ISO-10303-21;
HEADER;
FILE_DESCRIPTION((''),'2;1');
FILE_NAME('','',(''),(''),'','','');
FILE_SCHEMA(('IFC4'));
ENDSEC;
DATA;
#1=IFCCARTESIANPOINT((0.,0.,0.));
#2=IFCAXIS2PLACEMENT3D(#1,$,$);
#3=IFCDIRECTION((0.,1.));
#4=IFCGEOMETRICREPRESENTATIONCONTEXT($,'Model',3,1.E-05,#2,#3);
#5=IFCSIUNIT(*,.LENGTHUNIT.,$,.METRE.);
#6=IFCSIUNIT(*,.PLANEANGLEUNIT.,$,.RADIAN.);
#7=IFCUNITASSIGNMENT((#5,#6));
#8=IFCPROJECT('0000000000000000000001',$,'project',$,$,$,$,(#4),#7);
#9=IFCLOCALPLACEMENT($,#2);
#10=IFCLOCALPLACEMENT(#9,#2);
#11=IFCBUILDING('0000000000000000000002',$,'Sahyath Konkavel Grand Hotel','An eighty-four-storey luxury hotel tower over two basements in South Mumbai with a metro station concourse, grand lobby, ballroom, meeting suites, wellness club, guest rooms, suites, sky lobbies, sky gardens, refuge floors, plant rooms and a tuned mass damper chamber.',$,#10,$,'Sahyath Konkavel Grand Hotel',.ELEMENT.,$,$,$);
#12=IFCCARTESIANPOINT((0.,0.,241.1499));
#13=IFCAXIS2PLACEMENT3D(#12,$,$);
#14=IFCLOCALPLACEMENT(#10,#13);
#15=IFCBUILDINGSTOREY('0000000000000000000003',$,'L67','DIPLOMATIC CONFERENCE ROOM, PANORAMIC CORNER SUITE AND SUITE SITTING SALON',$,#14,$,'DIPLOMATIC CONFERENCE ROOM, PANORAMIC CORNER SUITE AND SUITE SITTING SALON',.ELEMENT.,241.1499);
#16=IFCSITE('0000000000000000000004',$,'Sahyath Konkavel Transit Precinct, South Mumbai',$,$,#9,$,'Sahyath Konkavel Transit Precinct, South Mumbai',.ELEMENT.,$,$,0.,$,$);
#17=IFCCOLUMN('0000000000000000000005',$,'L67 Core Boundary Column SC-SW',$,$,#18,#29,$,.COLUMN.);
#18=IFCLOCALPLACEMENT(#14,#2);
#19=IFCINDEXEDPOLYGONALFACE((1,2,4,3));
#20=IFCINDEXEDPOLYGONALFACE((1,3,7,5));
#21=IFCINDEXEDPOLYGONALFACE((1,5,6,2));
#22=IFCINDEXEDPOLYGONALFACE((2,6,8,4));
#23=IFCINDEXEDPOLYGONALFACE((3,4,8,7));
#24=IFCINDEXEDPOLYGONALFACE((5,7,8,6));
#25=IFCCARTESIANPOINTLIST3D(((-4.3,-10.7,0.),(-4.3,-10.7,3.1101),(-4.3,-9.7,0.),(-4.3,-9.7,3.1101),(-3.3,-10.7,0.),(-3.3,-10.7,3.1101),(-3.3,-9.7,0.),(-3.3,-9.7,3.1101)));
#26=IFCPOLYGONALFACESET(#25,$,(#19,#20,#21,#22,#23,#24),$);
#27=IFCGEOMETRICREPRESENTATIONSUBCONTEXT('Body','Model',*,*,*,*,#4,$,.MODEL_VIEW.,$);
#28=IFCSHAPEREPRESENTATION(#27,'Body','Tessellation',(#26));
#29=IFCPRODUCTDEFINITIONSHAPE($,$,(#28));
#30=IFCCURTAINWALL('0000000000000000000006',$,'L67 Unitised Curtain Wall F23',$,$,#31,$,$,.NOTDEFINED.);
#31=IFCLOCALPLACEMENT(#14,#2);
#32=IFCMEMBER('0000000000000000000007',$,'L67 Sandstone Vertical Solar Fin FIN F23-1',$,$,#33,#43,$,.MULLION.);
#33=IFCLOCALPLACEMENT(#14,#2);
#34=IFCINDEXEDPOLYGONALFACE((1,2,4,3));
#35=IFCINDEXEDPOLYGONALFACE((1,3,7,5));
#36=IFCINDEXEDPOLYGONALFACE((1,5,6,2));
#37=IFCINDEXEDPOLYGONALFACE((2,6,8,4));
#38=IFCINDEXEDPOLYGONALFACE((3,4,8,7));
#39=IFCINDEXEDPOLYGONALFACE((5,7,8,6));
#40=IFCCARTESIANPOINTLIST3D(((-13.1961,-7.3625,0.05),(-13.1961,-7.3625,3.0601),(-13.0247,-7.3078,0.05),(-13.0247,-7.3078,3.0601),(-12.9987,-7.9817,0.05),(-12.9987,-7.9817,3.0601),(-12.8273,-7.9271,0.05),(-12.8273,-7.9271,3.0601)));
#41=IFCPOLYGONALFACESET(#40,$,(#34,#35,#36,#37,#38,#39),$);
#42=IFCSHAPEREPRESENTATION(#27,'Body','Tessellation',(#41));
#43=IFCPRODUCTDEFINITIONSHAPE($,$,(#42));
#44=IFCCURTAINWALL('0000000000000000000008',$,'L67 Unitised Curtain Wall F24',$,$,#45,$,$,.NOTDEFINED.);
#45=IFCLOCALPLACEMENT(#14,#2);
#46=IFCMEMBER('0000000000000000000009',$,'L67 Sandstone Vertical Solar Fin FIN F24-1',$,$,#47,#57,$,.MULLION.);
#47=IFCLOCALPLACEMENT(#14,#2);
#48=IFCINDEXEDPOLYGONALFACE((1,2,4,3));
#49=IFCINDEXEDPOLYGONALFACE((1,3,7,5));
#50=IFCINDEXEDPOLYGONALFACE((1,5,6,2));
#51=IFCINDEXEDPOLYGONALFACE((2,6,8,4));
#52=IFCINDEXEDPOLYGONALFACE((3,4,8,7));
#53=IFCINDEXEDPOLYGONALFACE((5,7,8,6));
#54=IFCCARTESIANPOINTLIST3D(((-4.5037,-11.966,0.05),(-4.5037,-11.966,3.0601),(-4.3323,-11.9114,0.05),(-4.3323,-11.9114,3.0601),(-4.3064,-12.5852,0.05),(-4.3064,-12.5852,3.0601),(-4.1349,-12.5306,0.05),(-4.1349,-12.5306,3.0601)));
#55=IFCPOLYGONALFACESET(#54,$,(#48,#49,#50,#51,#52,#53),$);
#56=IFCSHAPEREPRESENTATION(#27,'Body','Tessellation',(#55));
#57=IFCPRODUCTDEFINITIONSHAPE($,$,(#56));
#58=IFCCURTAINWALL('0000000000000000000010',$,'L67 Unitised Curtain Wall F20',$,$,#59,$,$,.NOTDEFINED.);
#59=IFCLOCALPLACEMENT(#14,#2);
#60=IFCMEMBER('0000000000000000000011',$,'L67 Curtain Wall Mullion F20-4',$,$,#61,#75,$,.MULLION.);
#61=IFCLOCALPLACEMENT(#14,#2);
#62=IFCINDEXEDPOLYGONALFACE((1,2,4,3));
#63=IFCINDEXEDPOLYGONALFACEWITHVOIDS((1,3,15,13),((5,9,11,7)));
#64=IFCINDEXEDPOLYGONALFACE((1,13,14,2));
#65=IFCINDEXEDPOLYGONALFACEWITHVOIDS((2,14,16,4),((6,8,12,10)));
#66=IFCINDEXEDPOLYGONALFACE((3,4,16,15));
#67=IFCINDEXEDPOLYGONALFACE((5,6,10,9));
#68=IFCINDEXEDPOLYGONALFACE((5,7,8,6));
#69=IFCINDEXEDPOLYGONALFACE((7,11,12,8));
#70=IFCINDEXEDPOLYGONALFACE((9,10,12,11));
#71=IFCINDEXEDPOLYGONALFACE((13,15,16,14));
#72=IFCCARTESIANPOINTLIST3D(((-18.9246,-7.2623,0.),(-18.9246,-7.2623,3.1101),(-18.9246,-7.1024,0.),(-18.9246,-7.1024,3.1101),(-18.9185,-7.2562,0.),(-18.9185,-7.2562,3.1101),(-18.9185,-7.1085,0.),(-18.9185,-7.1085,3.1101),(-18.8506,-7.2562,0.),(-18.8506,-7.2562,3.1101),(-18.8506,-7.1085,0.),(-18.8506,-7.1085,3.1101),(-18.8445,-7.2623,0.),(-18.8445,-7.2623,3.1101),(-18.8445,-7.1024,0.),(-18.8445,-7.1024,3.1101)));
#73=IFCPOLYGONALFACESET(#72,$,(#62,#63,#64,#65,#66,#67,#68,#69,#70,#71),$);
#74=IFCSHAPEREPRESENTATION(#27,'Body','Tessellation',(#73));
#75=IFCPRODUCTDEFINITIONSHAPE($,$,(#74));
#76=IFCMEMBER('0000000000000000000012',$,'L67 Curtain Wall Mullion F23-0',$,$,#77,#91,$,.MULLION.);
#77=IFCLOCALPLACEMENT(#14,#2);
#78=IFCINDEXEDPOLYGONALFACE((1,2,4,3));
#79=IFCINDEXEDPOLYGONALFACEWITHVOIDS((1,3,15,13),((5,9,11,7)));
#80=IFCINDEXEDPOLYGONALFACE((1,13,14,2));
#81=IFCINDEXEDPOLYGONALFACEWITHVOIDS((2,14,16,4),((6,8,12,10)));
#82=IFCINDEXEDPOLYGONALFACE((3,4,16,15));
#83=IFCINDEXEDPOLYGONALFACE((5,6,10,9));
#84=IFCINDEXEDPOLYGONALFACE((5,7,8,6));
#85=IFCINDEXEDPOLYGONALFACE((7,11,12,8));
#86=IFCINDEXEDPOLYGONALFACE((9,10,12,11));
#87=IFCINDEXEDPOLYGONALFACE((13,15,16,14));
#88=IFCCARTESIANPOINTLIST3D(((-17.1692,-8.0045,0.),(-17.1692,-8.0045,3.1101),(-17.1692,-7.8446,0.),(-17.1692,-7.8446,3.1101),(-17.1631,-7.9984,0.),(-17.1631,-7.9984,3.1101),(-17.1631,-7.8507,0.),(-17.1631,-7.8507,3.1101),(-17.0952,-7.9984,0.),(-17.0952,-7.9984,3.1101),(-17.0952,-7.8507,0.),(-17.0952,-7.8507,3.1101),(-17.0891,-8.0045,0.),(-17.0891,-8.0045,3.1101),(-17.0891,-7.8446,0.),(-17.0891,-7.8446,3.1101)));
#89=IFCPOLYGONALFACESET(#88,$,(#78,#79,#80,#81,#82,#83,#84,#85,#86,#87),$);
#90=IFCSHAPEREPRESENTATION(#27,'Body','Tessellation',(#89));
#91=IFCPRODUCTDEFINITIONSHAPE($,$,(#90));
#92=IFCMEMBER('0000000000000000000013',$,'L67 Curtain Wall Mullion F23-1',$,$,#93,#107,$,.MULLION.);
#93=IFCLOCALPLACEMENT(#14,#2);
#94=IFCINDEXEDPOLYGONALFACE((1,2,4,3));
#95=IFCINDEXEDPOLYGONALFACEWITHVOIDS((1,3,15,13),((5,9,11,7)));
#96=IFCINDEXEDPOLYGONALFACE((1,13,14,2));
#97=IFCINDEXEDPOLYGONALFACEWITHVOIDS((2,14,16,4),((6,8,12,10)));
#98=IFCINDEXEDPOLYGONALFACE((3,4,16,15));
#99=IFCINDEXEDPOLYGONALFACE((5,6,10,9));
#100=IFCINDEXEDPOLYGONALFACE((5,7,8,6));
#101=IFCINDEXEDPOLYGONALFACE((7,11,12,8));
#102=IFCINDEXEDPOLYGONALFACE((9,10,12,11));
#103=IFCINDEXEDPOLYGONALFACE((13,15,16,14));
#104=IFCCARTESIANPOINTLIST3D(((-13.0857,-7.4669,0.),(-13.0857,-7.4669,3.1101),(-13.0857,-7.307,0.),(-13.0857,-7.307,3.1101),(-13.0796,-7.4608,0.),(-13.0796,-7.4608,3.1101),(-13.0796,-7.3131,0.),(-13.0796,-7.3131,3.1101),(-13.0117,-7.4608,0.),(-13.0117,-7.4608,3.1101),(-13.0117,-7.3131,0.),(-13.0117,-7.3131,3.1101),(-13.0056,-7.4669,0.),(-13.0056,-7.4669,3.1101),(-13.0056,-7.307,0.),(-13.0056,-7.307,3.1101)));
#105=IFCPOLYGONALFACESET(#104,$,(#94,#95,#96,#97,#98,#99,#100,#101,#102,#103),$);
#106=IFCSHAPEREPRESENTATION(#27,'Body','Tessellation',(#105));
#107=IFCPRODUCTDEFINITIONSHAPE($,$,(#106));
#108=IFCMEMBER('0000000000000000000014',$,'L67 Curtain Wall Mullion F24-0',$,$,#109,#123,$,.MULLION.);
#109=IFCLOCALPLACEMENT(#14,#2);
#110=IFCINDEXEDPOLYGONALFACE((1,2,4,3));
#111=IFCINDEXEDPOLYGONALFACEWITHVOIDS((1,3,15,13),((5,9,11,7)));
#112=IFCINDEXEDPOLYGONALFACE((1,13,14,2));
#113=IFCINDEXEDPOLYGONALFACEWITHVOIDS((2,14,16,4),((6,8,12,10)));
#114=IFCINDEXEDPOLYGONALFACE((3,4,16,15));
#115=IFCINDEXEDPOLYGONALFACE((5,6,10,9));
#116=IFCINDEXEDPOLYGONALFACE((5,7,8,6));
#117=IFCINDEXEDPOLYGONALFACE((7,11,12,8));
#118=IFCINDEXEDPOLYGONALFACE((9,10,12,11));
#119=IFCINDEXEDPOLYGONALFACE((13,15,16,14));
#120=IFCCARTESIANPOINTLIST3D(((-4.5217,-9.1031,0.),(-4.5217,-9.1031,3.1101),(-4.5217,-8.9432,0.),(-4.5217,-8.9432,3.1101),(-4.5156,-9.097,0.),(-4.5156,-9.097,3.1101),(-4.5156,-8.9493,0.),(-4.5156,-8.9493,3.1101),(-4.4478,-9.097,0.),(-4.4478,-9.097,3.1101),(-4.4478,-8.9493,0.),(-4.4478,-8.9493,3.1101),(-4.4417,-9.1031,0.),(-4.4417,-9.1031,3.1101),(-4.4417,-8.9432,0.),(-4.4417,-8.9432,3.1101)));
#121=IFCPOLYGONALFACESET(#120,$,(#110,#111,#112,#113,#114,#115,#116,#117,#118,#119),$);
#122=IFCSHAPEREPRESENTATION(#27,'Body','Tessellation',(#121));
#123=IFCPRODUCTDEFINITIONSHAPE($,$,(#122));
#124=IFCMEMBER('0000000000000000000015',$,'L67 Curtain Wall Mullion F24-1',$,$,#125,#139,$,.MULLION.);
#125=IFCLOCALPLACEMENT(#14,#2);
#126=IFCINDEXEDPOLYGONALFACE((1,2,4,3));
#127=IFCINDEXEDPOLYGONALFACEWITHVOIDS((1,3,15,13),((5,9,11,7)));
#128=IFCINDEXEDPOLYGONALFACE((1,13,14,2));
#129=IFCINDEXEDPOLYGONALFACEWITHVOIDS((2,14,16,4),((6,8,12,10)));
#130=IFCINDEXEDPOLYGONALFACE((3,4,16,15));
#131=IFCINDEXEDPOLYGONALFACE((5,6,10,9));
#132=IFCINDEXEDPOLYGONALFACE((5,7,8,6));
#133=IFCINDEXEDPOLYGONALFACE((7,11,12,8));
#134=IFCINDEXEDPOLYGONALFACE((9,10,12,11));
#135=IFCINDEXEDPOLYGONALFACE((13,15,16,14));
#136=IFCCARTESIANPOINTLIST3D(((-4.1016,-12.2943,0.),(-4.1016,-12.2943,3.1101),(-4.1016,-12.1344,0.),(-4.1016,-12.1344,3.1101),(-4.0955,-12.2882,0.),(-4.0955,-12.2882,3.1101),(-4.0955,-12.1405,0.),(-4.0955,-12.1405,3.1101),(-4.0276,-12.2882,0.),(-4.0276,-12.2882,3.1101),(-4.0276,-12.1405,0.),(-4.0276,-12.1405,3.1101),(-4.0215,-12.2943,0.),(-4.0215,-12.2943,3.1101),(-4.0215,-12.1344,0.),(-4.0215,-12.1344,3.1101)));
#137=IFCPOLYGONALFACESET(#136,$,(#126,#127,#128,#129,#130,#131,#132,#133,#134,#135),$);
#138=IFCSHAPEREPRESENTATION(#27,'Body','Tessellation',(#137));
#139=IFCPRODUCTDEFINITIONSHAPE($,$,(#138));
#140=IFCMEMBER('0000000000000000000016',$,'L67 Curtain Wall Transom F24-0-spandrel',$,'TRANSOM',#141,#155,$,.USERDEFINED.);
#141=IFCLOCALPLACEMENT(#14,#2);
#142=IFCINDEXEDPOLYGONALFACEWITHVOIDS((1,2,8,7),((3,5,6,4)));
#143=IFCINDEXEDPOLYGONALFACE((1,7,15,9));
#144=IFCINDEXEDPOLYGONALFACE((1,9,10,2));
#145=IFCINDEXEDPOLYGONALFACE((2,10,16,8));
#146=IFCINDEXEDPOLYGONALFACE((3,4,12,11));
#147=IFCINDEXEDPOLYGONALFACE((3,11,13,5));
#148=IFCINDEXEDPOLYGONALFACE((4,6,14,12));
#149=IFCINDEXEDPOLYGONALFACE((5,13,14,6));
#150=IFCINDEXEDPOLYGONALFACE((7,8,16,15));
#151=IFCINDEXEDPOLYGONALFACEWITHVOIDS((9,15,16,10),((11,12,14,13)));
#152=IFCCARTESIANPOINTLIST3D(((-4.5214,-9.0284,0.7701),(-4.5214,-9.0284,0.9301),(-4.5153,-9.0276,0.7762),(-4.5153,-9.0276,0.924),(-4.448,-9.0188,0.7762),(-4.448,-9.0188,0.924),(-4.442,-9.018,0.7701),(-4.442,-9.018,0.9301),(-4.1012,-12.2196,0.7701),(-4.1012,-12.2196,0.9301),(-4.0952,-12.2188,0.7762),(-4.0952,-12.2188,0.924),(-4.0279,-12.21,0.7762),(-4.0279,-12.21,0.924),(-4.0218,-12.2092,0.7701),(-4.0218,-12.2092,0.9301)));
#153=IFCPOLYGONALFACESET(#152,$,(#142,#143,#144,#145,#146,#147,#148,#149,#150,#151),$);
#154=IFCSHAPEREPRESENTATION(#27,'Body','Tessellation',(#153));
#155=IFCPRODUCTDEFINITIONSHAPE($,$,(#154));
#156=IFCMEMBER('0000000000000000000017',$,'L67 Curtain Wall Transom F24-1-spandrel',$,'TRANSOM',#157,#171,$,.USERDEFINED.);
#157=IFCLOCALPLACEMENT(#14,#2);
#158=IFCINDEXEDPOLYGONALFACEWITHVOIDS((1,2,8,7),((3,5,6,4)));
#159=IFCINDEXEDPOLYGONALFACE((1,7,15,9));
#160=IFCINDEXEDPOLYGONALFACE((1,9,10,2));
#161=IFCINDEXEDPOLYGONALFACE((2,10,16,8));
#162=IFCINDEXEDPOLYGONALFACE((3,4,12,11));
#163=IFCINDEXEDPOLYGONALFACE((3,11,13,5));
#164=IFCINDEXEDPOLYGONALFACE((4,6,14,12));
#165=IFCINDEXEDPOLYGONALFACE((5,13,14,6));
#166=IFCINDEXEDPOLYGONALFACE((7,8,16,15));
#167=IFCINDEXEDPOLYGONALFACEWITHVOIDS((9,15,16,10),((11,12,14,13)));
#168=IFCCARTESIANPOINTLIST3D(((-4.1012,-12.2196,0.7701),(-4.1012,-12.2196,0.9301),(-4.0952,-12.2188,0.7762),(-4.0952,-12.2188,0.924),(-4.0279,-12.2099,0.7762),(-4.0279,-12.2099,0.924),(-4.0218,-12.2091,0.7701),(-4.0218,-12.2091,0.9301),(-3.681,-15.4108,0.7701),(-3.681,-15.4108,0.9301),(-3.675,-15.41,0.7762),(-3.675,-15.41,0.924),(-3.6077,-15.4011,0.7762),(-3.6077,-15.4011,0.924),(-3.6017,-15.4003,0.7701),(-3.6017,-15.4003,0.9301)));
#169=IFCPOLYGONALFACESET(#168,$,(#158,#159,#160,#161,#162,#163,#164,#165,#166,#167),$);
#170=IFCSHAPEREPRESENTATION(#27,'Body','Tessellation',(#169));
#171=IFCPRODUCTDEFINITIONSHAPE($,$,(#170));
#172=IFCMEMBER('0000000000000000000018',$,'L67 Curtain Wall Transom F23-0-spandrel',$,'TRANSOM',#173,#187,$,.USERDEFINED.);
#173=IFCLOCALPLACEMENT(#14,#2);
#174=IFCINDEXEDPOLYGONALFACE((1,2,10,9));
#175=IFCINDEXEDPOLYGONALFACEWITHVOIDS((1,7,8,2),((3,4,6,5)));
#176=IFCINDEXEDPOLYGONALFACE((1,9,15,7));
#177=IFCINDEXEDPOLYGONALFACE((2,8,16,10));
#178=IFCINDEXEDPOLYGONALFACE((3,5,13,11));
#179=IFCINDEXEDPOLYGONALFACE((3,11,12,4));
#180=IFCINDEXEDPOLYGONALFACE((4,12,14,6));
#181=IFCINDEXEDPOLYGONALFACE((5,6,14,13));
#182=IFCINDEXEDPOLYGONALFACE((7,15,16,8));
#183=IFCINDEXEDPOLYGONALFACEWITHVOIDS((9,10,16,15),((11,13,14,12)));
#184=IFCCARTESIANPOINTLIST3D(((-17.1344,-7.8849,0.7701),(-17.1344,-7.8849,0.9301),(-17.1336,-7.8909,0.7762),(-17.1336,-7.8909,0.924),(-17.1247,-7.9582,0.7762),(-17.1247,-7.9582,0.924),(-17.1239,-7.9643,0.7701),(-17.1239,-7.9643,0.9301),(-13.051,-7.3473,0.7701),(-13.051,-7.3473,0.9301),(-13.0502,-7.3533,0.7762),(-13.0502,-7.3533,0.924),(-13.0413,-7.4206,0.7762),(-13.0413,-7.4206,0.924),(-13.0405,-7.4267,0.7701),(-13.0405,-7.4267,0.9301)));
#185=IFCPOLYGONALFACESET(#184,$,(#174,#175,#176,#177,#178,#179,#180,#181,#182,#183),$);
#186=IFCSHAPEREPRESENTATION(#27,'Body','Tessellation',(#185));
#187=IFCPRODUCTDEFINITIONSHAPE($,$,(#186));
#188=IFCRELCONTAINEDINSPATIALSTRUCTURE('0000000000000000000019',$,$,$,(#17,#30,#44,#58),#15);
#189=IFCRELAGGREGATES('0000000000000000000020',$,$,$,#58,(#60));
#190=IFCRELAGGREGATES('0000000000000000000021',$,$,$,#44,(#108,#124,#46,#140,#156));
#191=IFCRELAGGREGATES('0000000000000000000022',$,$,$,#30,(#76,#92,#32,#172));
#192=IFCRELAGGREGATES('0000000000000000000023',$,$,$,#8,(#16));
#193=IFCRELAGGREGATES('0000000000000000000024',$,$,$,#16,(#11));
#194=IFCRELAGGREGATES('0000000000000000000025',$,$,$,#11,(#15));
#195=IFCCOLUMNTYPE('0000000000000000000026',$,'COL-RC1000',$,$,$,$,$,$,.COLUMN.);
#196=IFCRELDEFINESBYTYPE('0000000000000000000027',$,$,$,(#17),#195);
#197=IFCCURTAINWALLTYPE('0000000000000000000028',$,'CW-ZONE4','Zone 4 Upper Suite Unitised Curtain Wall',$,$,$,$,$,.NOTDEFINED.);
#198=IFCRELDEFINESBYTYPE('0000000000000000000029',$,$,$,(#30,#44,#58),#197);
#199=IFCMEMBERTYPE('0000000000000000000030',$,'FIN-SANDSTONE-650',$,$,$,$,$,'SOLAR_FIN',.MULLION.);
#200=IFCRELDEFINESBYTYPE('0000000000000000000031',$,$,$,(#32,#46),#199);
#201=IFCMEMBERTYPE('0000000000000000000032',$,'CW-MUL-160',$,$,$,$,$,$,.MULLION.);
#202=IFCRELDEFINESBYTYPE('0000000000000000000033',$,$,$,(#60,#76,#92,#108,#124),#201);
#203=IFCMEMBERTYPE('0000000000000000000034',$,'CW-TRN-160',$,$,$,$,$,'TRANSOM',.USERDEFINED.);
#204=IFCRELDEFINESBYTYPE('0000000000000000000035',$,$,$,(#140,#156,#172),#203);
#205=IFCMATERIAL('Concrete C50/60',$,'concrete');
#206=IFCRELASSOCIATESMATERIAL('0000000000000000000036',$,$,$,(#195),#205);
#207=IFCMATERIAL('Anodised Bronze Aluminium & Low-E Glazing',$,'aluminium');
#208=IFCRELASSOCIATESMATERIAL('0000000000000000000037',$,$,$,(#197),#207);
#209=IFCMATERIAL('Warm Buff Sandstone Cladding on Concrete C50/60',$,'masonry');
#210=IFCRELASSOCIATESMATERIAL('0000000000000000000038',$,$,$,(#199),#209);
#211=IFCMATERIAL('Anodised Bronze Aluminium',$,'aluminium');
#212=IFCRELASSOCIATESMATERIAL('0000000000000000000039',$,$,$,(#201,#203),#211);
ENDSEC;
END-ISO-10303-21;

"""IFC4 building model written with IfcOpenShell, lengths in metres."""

from ifc_helpers import new_model, si_unit, direction, frame, origin, origin_2d, place, context, subcontext, project, spatial, rectangle, hollow_rectangle, extrude, source, transform, mapped, material, material_profile, profile_set, type_object, element, aggregate, save


model = new_model("IFC4")

# Units and contexts
model_context = context("Model", 3, precision=1e-05, world=origin(), true_north=direction((0.0, 1.0)))
body_context = subcontext(model_context, "Body", "Model", "MODEL_VIEW")
ifc_project = project(units=[si_unit("LENGTHUNIT", "METRE"), si_unit("PLANEANGLEUNIT", "RADIAN")], contexts=[model_context])

# Site, building, storey
site_placement = place(None, origin())
site = spatial("IfcSite", under=ifc_project, at=site_placement, Name="Sahyath Konkavel Transit Precinct, South Mumbai", LongName="Sahyath Konkavel Transit Precinct, South Mumbai", CompositionType="ELEMENT", RefElevation=0.0)
building_placement = place(site_placement, origin())
building = spatial("IfcBuilding", under=site, at=building_placement, Name="Sahyath Konkavel Grand Hotel", Description="An eighty-four-storey luxury hotel tower over two basements in South Mumbai with a metro station concourse, grand lobby, ballroom, meeting suites, wellness club, guest rooms, suites, sky lobbies, sky gardens, refuge floors, plant rooms and a tuned mass damper chamber.", LongName="Sahyath Konkavel Grand Hotel", CompositionType="ELEMENT")
storey_placement = place(building_placement, frame((0.0, 0.0, 241.1499)))
storey = spatial("IfcBuildingStorey", under=building, at=storey_placement, Name="L67", Description="DIPLOMATIC CONFERENCE ROOM, PANORAMIC CORNER SUITE AND SUITE SITTING SALON", LongName="DIPLOMATIC CONFERENCE ROOM, PANORAMIC CORNER SUITE AND SUITE SITTING SALON", CompositionType="ELEMENT", Elevation=241.1499)

# Column
ifc_material_1 = material(Name="Concrete C50/60", Category="concrete")
ifc_material_profile_1 = material_profile(ifc_material_1, rectangle(XDim=1.0, YDim=1.0, at=origin_2d()), Name="RC 1000x1000")
ifc_profile_set_1 = profile_set([ifc_material_profile_1], Name="Concrete C50/60")
column_type = type_object("IfcColumnType", Name="COL-RC1000", PredefinedType="COLUMN", material=ifc_profile_set_1)
shared_shape_1 = source(origin(), body_context, "Body", "SweptSolid", [
    extrude(rectangle(XDim=1.0, YDim=1.0, at=origin_2d()), origin(), (0.0, 0.0, 1.0), 3.1101),
])
column_placement = place(storey_placement, frame((-3.8, -10.2, 0.0), z_axis=(0.0, 0.0, 1.0), x_axis=(1.0, 0.0, 0.0)))
element("IfcColumn", 1, at=column_placement, inside=storey, type_object=column_type, Name="L67 Core Boundary Column SC-SW", PredefinedType="COLUMN", context=body_context, shape_type="MappedRepresentation", body=[
    mapped(shared_shape_1, transform((0.0, 0.0, 0.0), scale=1.0)),
])

# Curtain walls, members
ifc_material_2 = material(Name="Anodised Bronze Aluminium & Low-E Glazing", Category="aluminium")
curtain_wall_type = type_object("IfcCurtainWallType", Name="CW-ZONE4", Description="Zone 4 Upper Suite Unitised Curtain Wall", PredefinedType="NOTDEFINED", material=ifc_material_2)
curtain_wall_1_placement = place(storey_placement, origin())
curtain_wall_1 = element("IfcCurtainWall", 2, at=curtain_wall_1_placement, inside=storey, type_object=curtain_wall_type, Name="L67 Unitised Curtain Wall F23", PredefinedType="NOTDEFINED")
ifc_material_3 = material(Name="Warm Buff Sandstone Cladding on Concrete C50/60", Category="masonry")
ifc_material_profile_2 = material_profile(ifc_material_3, rectangle(XDim=0.1799, YDim=0.6499, at=origin_2d()), Name="FIN 180x650")
ifc_profile_set_2 = profile_set([ifc_material_profile_2], Name="Warm Buff Sandstone Cladding on Concrete C50/60")
member_type_1 = type_object("IfcMemberType", Name="FIN-SANDSTONE-650", ElementType="SOLAR_FIN", PredefinedType="MULLION", material=ifc_profile_set_2)
shared_shape_2 = source(origin(), body_context, "Body", "SweptSolid", [
    extrude(rectangle(XDim=0.1799, YDim=0.6499, at=origin_2d()), origin(), (0.0, 0.0, 1.0), 3.01),
])
member_1_placement = place(storey_placement, frame((-13.0117, -7.6448, 0.05), z_axis=(0.0, 0.0, 1.0), x_axis=(0.952768, 0.303701, 0.0)))
member_1 = element("IfcMember", 3, at=member_1_placement, type_object=member_type_1, Name="L67 Sandstone Vertical Solar Fin FIN F23-1", PredefinedType="MULLION", context=body_context, shape_type="MappedRepresentation", body=[
    mapped(shared_shape_2, transform((0.0, 0.0, 0.0), scale=1.0)),
])
curtain_wall_2_placement = place(storey_placement, origin())
curtain_wall_2 = element("IfcCurtainWall", 4, at=curtain_wall_2_placement, inside=storey, type_object=curtain_wall_type, Name="L67 Unitised Curtain Wall F24", PredefinedType="NOTDEFINED")
member_2_placement = place(storey_placement, frame((-4.3193, -12.2483, 0.05), z_axis=(0.0, 0.0, 1.0), x_axis=(0.952768, 0.303701, 0.0)))
member_2 = element("IfcMember", 5, at=member_2_placement, type_object=member_type_1, Name="L67 Sandstone Vertical Solar Fin FIN F24-1", PredefinedType="MULLION", context=body_context, shape_type="MappedRepresentation", body=[
    mapped(shared_shape_2, transform((0.0, 0.0, 0.0), scale=1.0)),
])
curtain_wall_3_placement = place(storey_placement, origin())
curtain_wall_3 = element("IfcCurtainWall", 6, at=curtain_wall_3_placement, inside=storey, type_object=curtain_wall_type, Name="L67 Unitised Curtain Wall F20", PredefinedType="NOTDEFINED")
ifc_material_4 = material(Name="Anodised Bronze Aluminium", Category="aluminium")
ifc_material_profile_3 = material_profile(ifc_material_4, hollow_rectangle(XDim=0.0801, YDim=0.1599, WallThickness=0.0061, at=origin_2d()), Name="RHS 160x80x6")
ifc_profile_set_3 = profile_set([ifc_material_profile_3], Name="Anodised Bronze Aluminium")
member_type_2 = type_object("IfcMemberType", Name="CW-MUL-160", PredefinedType="MULLION", material=ifc_profile_set_3)
shared_shape_3 = source(origin(), body_context, "Body", "SweptSolid", [
    extrude(hollow_rectangle(XDim=0.0801, YDim=0.1599, WallThickness=0.0061, at=origin_2d()), origin(), (0.0, 0.0, 1.0), 3.1101),
])
member_3_placement = place(storey_placement, frame((-18.8845, -7.1824, 0.0), z_axis=(0.0, 0.0, 1.0), x_axis=(1.0, 0.0, 0.0)))
member_3 = element("IfcMember", 7, at=member_3_placement, type_object=member_type_2, Name="L67 Curtain Wall Mullion F20-4", PredefinedType="MULLION", context=body_context, shape_type="MappedRepresentation", body=[
    mapped(shared_shape_3, transform((0.0, 0.0, 0.0), scale=1.0)),
])
aggregate(curtain_wall_3, [member_3])

# Members
member_4_placement = place(storey_placement, frame((-17.1292, -7.9246, 0.0), z_axis=(0.0, 0.0, 1.0), x_axis=(1.0, 0.0, 0.0)))
member_4 = element("IfcMember", 8, at=member_4_placement, type_object=member_type_2, Name="L67 Curtain Wall Mullion F23-0", PredefinedType="MULLION", context=body_context, shape_type="MappedRepresentation", body=[
    mapped(shared_shape_3, transform((0.0, 0.0, 0.0), scale=1.0)),
])
member_5_placement = place(storey_placement, frame((-13.0457, -7.387, 0.0), z_axis=(0.0, 0.0, 1.0), x_axis=(1.0, 0.0, 0.0)))
member_5 = element("IfcMember", 9, at=member_5_placement, type_object=member_type_2, Name="L67 Curtain Wall Mullion F23-1", PredefinedType="MULLION", context=body_context, shape_type="MappedRepresentation", body=[
    mapped(shared_shape_3, transform((0.0, 0.0, 0.0), scale=1.0)),
])
member_6_placement = place(storey_placement, frame((-4.4817, -9.0232, 0.0), z_axis=(0.0, 0.0, 1.0), x_axis=(1.0, 0.0, 0.0)))
member_6 = element("IfcMember", 10, at=member_6_placement, type_object=member_type_2, Name="L67 Curtain Wall Mullion F24-0", PredefinedType="MULLION", context=body_context, shape_type="MappedRepresentation", body=[
    mapped(shared_shape_3, transform((0.0, 0.0, 0.0), scale=1.0)),
])
member_7_placement = place(storey_placement, frame((-4.0615, -12.2144, 0.0), z_axis=(0.0, 0.0, 1.0), x_axis=(1.0, 0.0, 0.0)))
member_7 = element("IfcMember", 11, at=member_7_placement, type_object=member_type_2, Name="L67 Curtain Wall Mullion F24-1", PredefinedType="MULLION", context=body_context, shape_type="MappedRepresentation", body=[
    mapped(shared_shape_3, transform((0.0, 0.0, 0.0), scale=1.0)),
])
ifc_material_profile_4 = material_profile(ifc_material_4, hollow_rectangle(XDim=0.0801, YDim=0.1599, WallThickness=0.0061, at=origin_2d()), Name="RHS 160x80x6")
ifc_profile_set_4 = profile_set([ifc_material_profile_4], Name="Anodised Bronze Aluminium")
member_type_3 = type_object("IfcMemberType", Name="CW-TRN-160", ElementType="TRANSOM", PredefinedType="USERDEFINED", material=ifc_profile_set_4)
shared_shape_4 = source(origin(), body_context, "Body", "SweptSolid", [
    extrude(hollow_rectangle(XDim=0.0801, YDim=0.1599, WallThickness=0.0061, at=origin_2d()), origin(), (0.0, 0.0, 1.0), 3.2188),
])
member_8_placement = place(storey_placement, frame((-4.4817, -9.0232, 0.8501), z_axis=(0.130539, -0.991443, 0.0), x_axis=(0.991443, 0.130539, 0.0)))
member_8 = element("IfcMember", 12, at=member_8_placement, type_object=member_type_3, Name="L67 Curtain Wall Transom F24-0-spandrel", ObjectType="TRANSOM", PredefinedType="USERDEFINED", context=body_context, shape_type="MappedRepresentation", body=[
    mapped(shared_shape_4, transform((0.0, 0.0, 0.0), scale=1.0)),
])
member_9_placement = place(storey_placement, frame((-4.0615, -12.2144, 0.8501), z_axis=(0.130539, -0.991443, 0.0), x_axis=(0.991443, 0.130539, 0.0)))
member_9 = element("IfcMember", 13, at=member_9_placement, type_object=member_type_3, Name="L67 Curtain Wall Transom F24-1-spandrel", ObjectType="TRANSOM", PredefinedType="USERDEFINED", context=body_context, shape_type="MappedRepresentation", body=[
    mapped(shared_shape_4, transform((0.0, 0.0, 0.0), scale=1.0)),
])
shared_shape_5 = source(origin(), body_context, "Body", "SweptSolid", [
    extrude(hollow_rectangle(XDim=0.0801, YDim=0.1599, WallThickness=0.0061, at=origin_2d()), origin(), (0.0, 0.0, 1.0), 4.1187),
])
member_10_placement = place(storey_placement, frame((-17.1292, -7.9246, 0.8501), z_axis=(0.991445, 0.130525, 0.0), x_axis=(-0.130525, 0.991445, 0.0)))
member_10 = element("IfcMember", 14, at=member_10_placement, type_object=member_type_3, Name="L67 Curtain Wall Transom F23-0-spandrel", ObjectType="TRANSOM", PredefinedType="USERDEFINED", context=body_context, shape_type="MappedRepresentation", body=[
    mapped(shared_shape_5, transform((0.0, 0.0, 0.0), scale=1.0)),
])

aggregate(curtain_wall_2, [member_6, member_7, member_2, member_8, member_9])
aggregate(curtain_wall_1, [member_4, member_5, member_1, member_10])

save(model, "model.ifc")
